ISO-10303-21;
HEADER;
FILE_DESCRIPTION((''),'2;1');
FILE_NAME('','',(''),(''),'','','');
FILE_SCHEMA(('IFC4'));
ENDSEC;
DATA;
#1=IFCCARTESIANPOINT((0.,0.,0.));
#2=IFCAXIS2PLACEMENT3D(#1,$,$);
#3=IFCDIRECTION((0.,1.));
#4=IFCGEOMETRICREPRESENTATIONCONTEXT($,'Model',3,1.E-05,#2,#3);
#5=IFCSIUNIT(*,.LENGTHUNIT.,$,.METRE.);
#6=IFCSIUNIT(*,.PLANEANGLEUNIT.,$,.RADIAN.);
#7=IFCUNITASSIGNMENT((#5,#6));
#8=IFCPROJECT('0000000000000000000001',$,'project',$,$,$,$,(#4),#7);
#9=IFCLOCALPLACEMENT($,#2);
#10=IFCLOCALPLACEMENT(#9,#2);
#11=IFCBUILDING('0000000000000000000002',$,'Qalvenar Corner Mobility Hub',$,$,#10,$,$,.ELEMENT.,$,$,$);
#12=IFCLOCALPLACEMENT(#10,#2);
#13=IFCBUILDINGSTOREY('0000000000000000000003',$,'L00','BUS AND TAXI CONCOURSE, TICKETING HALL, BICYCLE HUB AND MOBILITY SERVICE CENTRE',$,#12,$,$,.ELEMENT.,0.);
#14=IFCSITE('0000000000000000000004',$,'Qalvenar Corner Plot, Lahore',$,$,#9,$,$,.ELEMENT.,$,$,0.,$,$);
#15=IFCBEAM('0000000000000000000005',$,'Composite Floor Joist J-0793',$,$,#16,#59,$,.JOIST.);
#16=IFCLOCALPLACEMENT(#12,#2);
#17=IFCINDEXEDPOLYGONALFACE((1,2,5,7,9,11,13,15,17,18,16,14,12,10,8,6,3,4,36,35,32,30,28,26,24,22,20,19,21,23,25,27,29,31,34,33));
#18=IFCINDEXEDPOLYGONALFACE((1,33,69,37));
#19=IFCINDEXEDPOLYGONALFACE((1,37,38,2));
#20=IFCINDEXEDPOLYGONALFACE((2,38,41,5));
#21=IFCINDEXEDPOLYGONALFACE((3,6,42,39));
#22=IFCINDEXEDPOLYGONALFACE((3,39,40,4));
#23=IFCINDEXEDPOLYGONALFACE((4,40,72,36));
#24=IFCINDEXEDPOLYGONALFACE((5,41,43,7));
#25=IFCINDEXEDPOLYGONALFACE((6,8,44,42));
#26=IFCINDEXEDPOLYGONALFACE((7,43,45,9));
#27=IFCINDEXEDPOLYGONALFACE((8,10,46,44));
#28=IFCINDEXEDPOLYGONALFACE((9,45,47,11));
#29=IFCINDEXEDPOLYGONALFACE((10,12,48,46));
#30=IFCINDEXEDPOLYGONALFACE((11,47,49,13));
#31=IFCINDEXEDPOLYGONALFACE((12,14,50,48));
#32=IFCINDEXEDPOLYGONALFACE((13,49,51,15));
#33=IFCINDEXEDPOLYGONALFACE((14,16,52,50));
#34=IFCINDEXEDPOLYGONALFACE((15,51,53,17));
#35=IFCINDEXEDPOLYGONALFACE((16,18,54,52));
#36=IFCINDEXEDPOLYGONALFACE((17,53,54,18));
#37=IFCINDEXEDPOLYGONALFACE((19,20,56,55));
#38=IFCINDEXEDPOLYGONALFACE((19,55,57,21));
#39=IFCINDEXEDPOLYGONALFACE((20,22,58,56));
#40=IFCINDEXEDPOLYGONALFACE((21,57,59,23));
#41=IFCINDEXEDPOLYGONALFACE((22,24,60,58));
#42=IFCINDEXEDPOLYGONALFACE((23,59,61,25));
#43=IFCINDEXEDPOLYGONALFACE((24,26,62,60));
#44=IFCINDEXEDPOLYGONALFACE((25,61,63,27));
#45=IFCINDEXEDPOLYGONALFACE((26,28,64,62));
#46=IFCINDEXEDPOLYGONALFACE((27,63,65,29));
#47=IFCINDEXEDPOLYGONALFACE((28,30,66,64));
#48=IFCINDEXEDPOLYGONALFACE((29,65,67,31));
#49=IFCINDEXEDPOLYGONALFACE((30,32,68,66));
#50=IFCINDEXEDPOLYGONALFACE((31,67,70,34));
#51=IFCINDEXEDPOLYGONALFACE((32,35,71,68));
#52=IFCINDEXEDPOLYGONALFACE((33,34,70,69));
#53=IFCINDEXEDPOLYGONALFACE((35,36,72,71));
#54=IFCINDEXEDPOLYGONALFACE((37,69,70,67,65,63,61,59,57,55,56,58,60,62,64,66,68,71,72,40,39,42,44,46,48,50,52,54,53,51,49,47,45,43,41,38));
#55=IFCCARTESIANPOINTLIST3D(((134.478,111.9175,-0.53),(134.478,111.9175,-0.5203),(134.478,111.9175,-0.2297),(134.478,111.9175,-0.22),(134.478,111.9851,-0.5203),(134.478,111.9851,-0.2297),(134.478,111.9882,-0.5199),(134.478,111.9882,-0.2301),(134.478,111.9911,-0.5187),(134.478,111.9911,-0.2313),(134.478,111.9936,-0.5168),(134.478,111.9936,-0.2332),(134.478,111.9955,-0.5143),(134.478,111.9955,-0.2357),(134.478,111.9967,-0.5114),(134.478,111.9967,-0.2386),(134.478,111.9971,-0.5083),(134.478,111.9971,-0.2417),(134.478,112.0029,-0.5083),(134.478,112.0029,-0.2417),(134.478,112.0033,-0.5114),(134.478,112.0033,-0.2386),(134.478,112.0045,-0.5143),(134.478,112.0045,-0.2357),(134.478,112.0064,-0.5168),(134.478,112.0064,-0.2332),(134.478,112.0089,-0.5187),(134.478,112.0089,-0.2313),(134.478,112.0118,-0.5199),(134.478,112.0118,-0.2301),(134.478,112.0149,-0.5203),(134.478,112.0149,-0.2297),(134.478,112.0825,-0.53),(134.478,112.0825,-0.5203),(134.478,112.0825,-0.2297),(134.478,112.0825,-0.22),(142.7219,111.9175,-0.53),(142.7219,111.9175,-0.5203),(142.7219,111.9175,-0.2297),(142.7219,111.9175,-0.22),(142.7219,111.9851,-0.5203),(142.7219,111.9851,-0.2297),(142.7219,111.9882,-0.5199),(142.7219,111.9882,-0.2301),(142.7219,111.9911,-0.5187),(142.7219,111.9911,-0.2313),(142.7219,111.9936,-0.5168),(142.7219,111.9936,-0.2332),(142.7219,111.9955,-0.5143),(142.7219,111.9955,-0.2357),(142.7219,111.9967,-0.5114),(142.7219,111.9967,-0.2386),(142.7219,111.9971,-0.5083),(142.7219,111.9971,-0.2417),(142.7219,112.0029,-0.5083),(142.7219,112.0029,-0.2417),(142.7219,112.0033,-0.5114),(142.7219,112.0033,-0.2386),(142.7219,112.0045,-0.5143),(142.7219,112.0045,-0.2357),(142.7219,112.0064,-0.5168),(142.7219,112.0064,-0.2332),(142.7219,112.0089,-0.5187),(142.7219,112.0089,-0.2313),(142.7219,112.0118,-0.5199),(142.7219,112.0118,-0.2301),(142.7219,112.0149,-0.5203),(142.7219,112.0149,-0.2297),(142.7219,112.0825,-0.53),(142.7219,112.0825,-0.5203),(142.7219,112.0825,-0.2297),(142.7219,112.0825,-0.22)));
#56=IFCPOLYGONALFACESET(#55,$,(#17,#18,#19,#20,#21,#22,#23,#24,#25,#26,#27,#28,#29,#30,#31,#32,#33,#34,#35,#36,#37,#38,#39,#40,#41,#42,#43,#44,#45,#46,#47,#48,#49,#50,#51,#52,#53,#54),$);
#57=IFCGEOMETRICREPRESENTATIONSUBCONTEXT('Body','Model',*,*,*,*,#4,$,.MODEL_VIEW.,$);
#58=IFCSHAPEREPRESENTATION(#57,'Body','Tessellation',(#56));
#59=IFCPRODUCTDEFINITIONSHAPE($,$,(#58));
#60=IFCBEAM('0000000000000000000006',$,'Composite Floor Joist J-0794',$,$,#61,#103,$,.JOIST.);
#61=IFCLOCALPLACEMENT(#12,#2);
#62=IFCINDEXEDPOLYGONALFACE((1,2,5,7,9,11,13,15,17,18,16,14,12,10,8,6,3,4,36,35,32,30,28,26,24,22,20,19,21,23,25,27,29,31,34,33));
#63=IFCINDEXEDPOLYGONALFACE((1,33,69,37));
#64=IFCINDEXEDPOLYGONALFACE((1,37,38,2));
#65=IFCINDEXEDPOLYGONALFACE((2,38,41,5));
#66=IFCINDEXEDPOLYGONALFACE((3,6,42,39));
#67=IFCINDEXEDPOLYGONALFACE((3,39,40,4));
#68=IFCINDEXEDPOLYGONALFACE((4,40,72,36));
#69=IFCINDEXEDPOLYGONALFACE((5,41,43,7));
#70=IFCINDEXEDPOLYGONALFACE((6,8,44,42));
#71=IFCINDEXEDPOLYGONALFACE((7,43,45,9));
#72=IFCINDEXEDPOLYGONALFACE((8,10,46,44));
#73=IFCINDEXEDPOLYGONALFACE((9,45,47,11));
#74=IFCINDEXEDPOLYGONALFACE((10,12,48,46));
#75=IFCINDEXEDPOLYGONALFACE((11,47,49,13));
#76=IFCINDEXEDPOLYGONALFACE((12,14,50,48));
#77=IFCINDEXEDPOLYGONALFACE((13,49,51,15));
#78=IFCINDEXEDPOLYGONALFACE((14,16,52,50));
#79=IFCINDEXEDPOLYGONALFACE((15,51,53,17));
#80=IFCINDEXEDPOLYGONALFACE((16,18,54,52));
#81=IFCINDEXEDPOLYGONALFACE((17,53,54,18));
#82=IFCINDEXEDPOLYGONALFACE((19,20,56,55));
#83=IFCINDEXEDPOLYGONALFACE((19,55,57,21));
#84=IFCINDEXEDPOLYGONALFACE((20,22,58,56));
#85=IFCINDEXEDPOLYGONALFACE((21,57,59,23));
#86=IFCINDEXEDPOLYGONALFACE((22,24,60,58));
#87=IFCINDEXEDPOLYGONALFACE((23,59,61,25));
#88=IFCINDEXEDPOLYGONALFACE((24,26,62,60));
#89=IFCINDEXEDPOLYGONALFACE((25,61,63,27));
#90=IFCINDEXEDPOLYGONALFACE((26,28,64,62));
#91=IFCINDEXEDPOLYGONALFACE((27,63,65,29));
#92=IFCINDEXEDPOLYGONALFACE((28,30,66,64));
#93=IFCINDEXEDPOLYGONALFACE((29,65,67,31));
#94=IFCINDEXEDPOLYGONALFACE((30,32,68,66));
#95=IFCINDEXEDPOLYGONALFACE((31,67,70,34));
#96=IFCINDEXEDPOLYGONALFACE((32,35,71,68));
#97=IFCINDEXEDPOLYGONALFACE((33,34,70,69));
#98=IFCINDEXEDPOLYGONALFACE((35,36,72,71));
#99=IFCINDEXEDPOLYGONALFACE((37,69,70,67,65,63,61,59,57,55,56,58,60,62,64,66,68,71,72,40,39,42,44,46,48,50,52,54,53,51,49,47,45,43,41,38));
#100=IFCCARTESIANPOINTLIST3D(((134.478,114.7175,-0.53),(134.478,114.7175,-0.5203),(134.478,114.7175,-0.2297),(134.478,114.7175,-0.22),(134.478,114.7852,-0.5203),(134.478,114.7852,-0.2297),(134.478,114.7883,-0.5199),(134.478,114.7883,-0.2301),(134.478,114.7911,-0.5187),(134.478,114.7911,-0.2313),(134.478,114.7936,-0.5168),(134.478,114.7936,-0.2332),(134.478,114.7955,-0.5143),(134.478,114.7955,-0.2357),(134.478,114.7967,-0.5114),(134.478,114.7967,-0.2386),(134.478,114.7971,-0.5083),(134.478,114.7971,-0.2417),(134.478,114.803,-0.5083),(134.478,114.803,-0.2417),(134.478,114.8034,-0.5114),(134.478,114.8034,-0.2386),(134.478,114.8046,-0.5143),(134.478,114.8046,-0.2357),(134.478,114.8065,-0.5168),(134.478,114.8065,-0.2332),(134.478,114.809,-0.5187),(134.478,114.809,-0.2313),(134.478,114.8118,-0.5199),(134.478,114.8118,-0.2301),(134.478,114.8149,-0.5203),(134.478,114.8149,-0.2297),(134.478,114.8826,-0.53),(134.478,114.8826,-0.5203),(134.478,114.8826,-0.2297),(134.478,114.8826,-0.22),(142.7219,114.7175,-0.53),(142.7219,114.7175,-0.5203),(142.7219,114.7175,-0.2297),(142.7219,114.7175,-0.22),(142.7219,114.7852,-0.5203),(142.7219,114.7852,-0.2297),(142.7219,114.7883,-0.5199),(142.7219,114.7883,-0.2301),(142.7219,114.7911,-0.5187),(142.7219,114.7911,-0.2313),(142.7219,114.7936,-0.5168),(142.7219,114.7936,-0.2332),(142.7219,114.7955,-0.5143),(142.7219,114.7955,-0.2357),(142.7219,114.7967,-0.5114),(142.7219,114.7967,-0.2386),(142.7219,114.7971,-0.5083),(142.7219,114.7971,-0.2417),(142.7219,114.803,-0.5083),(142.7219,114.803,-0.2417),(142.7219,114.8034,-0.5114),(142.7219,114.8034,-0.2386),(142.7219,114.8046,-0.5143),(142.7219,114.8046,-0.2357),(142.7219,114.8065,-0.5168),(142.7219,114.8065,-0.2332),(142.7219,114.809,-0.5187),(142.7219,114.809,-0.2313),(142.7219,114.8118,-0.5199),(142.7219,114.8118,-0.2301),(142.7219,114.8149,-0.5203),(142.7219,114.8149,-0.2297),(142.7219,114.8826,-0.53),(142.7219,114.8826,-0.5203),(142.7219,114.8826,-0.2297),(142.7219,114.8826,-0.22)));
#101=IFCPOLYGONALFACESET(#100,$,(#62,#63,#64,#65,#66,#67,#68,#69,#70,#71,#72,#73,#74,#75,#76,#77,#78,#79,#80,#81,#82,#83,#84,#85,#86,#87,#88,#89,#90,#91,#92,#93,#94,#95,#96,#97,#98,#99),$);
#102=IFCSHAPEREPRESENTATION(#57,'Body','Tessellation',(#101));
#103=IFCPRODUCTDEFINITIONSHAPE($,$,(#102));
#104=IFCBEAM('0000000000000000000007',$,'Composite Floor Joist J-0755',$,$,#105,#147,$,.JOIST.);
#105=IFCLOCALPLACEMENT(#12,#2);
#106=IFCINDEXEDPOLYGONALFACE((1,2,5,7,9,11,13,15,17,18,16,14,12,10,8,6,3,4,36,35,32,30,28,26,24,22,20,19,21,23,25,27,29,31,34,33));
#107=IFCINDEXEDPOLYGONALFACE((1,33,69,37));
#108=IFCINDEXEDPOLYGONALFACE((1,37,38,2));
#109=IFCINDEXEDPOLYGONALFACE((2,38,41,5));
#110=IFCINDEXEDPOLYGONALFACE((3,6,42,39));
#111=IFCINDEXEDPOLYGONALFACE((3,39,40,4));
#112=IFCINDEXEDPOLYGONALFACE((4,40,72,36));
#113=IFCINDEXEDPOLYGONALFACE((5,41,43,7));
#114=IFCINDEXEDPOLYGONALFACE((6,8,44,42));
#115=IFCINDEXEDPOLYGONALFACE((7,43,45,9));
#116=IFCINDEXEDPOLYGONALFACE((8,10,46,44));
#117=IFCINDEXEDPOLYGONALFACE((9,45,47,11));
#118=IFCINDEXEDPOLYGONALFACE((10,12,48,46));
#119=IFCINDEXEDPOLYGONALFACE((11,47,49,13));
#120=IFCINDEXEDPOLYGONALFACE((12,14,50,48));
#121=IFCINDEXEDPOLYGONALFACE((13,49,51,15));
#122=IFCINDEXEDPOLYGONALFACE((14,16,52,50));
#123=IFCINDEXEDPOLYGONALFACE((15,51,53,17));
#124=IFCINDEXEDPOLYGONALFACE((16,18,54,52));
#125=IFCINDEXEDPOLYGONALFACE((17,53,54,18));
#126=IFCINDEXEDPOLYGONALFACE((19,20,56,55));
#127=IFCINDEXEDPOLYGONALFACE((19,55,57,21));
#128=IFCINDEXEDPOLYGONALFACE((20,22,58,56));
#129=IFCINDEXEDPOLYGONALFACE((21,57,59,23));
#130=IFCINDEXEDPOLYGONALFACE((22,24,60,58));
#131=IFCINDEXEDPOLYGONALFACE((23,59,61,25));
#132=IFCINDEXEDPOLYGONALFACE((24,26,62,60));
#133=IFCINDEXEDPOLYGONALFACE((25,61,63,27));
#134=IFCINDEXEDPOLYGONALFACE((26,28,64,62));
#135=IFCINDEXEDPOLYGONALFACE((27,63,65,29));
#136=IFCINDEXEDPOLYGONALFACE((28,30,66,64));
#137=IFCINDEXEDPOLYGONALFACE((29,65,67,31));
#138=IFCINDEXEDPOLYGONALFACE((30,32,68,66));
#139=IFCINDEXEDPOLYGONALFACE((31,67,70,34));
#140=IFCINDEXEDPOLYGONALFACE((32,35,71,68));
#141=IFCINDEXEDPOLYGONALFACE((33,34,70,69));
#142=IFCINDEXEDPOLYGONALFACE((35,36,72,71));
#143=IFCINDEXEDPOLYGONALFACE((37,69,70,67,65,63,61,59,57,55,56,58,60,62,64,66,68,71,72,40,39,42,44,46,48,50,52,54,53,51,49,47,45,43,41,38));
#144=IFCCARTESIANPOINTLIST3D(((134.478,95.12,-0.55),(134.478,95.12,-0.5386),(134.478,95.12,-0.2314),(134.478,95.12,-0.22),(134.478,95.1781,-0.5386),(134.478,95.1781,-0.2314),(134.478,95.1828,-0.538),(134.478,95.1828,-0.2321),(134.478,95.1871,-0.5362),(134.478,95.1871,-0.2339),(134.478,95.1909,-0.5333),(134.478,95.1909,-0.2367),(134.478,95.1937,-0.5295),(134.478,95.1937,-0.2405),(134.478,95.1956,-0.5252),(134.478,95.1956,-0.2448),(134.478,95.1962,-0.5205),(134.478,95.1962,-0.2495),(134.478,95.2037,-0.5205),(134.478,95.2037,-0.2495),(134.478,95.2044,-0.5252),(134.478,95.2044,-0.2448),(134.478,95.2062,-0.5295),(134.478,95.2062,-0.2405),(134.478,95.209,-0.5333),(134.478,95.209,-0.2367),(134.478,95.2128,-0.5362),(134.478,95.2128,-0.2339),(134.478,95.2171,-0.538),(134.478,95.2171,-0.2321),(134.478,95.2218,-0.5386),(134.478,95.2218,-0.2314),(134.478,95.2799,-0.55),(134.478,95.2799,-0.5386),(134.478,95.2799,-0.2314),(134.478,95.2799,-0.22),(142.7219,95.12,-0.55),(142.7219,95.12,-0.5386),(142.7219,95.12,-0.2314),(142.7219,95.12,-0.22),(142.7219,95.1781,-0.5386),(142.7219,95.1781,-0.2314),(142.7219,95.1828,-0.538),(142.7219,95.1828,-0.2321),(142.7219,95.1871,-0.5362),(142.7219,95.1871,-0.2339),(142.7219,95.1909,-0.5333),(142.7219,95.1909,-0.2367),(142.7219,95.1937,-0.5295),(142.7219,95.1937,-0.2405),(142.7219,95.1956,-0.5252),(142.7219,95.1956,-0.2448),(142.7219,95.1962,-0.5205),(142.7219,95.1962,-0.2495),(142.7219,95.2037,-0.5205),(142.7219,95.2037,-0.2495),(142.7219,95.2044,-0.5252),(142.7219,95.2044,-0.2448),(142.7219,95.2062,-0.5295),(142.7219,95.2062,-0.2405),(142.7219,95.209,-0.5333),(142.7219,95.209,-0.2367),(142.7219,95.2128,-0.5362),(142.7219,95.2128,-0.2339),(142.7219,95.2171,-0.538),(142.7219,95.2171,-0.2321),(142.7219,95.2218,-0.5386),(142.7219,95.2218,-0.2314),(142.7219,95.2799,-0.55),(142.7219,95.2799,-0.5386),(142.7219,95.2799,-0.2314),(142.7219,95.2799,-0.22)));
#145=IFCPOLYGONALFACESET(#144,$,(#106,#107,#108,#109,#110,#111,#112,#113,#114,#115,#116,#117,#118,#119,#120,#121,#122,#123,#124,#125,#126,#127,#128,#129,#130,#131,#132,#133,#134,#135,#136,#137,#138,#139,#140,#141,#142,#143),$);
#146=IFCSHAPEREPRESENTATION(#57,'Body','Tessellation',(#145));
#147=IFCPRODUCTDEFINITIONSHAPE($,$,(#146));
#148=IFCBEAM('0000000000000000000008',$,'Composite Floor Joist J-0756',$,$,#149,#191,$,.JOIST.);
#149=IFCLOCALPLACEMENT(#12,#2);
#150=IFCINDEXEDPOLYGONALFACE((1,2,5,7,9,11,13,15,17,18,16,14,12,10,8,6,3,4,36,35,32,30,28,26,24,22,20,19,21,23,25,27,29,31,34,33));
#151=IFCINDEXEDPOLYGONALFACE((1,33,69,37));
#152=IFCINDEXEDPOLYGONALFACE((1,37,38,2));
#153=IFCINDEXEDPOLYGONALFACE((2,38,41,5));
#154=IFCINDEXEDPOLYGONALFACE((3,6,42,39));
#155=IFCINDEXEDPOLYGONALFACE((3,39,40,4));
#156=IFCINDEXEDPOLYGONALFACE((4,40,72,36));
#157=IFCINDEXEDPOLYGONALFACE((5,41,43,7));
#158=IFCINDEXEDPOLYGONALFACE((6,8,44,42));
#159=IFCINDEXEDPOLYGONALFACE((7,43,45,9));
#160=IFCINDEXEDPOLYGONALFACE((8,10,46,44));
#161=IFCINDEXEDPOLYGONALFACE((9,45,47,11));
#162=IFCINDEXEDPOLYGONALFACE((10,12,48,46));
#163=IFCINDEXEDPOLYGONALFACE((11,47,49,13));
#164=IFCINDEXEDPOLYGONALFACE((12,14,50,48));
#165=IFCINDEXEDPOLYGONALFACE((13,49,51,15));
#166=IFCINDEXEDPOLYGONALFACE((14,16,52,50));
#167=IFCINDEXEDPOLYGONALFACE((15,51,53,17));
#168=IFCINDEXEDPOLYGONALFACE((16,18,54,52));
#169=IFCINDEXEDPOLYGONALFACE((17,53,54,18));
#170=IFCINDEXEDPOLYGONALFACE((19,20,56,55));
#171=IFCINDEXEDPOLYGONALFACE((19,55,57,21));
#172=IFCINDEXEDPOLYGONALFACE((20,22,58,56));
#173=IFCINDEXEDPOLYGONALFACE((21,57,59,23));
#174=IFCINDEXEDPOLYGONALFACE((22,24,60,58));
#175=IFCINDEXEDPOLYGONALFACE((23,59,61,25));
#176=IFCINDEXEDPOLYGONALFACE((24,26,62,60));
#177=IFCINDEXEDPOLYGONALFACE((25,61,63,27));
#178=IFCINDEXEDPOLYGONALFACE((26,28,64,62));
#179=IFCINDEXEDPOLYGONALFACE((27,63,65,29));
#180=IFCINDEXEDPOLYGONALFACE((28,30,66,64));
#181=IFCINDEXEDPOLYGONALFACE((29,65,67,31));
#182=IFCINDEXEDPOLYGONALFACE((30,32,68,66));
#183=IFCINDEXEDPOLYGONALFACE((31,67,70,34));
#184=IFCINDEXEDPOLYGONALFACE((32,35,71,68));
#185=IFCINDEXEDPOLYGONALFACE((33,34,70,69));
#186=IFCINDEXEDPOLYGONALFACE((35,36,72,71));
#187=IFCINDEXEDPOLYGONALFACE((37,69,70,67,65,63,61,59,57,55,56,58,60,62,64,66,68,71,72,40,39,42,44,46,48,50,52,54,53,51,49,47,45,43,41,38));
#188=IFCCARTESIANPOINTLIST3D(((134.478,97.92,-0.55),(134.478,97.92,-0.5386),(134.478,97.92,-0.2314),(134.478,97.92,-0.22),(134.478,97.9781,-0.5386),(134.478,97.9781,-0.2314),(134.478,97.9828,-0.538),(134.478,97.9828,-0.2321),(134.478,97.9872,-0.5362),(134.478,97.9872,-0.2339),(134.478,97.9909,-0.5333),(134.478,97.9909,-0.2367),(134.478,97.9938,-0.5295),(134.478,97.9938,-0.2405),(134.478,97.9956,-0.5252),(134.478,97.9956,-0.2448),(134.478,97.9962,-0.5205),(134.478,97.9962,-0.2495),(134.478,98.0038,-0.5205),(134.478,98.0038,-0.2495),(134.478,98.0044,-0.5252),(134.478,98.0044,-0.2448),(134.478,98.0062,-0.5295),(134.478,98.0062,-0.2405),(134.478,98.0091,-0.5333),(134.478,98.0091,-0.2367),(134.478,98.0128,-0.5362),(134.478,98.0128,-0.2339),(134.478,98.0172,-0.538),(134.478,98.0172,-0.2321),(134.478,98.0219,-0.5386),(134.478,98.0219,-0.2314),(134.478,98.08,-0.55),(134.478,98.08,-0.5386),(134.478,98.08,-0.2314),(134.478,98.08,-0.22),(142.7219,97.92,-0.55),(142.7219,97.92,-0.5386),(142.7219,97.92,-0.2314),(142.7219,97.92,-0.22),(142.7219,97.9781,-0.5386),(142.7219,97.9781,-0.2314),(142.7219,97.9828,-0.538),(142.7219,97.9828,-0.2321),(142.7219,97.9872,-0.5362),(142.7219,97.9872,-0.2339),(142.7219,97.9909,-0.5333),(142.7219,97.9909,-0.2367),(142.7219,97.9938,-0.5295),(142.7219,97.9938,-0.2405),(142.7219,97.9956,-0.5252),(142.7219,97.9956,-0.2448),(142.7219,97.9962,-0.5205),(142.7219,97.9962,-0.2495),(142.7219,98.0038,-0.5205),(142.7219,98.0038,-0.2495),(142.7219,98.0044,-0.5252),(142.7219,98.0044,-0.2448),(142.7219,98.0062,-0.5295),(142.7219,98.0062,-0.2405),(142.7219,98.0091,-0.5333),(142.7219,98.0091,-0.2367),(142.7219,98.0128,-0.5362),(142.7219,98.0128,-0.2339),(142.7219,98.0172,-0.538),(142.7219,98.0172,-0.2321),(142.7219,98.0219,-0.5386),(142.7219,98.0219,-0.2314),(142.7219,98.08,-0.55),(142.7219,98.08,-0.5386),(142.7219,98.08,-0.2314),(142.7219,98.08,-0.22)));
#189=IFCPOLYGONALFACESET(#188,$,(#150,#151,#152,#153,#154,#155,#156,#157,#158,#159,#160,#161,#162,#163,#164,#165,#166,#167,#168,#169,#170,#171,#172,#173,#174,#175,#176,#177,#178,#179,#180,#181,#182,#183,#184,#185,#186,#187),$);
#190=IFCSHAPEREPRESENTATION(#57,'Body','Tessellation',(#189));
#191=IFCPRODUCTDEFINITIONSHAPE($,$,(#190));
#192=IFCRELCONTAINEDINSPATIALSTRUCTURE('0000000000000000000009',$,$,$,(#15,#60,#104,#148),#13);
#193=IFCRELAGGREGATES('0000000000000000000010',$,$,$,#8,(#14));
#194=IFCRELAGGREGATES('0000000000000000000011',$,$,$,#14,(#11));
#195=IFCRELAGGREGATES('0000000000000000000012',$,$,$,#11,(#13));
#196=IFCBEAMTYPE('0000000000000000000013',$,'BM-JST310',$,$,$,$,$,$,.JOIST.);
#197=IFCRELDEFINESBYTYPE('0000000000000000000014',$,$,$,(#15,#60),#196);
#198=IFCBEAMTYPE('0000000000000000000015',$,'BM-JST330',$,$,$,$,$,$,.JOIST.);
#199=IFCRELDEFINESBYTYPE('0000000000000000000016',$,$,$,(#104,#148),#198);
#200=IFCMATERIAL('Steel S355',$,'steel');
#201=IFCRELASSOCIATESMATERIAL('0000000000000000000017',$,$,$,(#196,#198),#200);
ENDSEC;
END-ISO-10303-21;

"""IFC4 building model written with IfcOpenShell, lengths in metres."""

from ifc_helpers import new_model, si_unit, direction, frame, origin, origin_2d, place, context, subcontext, project, spatial, i_section, extrude, material, material_profile, profile_set, type_object, element, save


model = new_model("IFC4")

# Units and contexts
model_context = context("Model", 3, precision=1e-05, world=origin(), true_north=direction((0.0, 1.0)))
body_context = subcontext(model_context, "Body", "Model", "MODEL_VIEW")
ifc_project = project(units=[si_unit("LENGTHUNIT", "METRE"), si_unit("PLANEANGLEUNIT", "RADIAN")], contexts=[model_context])

# Site, building, storey
site_placement = place(None, origin())
site = spatial("IfcSite", under=ifc_project, at=site_placement, Name="Qalvenar Corner Plot, Lahore", CompositionType="ELEMENT", RefElevation=0.0)
building_placement = place(site_placement, origin())
building = spatial("IfcBuilding", under=site, at=building_placement, Name="Qalvenar Corner Mobility Hub", CompositionType="ELEMENT")
storey_placement = place(building_placement, origin())
storey = spatial("IfcBuildingStorey", under=building, at=storey_placement, Name="L00", Description="BUS AND TAXI CONCOURSE, TICKETING HALL, BICYCLE HUB AND MOBILITY SERVICE CENTRE", CompositionType="ELEMENT", Elevation=0.0)

# Shared definitions
ifc_material_1 = material(Name="Steel S355", Category="steel")

# Beams
ifc_material_profile_1 = material_profile(ifc_material_1, i_section(OverallWidth=0.165, OverallDepth=0.3101, WebThickness=0.0059, FlangeThickness=0.0098, FilletRadius=0.012, at=origin_2d()), Name="W310x38.7")
ifc_profile_set_1 = profile_set([ifc_material_profile_1], Name="Steel S355")
beam_type_1 = type_object("IfcBeamType", Name="BM-JST310", PredefinedType="JOIST", material=ifc_profile_set_1)
for number, where, z_axis, x_axis, name in (
    (1, (134.478, 112.0, -0.375), (1.0, 0.0, 0.0), (0.0, 1.0, 0.0), "Composite Floor Joist J-0793"),
    (2, (134.478, 114.8, -0.375), (1.0, 0.0, 0.0), (0.0, 1.0, 0.0), "Composite Floor Joist J-0794"),
):
    element("IfcBeam", number, at=place(storey_placement, frame(where, z_axis=z_axis, x_axis=x_axis)), inside=storey, type_object=beam_type_1, Name=name, PredefinedType="JOIST", context=body_context, shape_type="SweptSolid", body=[
        extrude(i_section(OverallWidth=0.165, OverallDepth=0.3101, WebThickness=0.0059, FlangeThickness=0.0098, FilletRadius=0.012, at=origin_2d()), origin(), (0.0, 0.0, 1.0), 8.2439),
    ])
ifc_material_profile_2 = material_profile(ifc_material_1, i_section(OverallWidth=0.1599, OverallDepth=0.3301, WebThickness=0.0076, FlangeThickness=0.0115, FilletRadius=0.0181, at=origin_2d()), Name="IPE330")
ifc_profile_set_2 = profile_set([ifc_material_profile_2], Name="Steel S355")
beam_type_2 = type_object("IfcBeamType", Name="BM-JST330", PredefinedType="JOIST", material=ifc_profile_set_2)
for number, where, z_axis, x_axis, name in (
    (3, (134.478, 95.2, -0.385), (1.0, 0.0, 0.0), (0.0, 1.0, 0.0), "Composite Floor Joist J-0755"),
    (4, (134.478, 98.0, -0.385), (1.0, 0.0, 0.0), (0.0, 1.0, 0.0), "Composite Floor Joist J-0756"),
):
    element("IfcBeam", number, at=place(storey_placement, frame(where, z_axis=z_axis, x_axis=x_axis)), inside=storey, type_object=beam_type_2, Name=name, PredefinedType="JOIST", context=body_context, shape_type="SweptSolid", body=[
        extrude(i_section(OverallWidth=0.1599, OverallDepth=0.3301, WebThickness=0.0076, FlangeThickness=0.0115, FilletRadius=0.0181, at=origin_2d()), origin(), (0.0, 0.0, 1.0), 8.2439),
    ])

save(model, "model.ifc")
